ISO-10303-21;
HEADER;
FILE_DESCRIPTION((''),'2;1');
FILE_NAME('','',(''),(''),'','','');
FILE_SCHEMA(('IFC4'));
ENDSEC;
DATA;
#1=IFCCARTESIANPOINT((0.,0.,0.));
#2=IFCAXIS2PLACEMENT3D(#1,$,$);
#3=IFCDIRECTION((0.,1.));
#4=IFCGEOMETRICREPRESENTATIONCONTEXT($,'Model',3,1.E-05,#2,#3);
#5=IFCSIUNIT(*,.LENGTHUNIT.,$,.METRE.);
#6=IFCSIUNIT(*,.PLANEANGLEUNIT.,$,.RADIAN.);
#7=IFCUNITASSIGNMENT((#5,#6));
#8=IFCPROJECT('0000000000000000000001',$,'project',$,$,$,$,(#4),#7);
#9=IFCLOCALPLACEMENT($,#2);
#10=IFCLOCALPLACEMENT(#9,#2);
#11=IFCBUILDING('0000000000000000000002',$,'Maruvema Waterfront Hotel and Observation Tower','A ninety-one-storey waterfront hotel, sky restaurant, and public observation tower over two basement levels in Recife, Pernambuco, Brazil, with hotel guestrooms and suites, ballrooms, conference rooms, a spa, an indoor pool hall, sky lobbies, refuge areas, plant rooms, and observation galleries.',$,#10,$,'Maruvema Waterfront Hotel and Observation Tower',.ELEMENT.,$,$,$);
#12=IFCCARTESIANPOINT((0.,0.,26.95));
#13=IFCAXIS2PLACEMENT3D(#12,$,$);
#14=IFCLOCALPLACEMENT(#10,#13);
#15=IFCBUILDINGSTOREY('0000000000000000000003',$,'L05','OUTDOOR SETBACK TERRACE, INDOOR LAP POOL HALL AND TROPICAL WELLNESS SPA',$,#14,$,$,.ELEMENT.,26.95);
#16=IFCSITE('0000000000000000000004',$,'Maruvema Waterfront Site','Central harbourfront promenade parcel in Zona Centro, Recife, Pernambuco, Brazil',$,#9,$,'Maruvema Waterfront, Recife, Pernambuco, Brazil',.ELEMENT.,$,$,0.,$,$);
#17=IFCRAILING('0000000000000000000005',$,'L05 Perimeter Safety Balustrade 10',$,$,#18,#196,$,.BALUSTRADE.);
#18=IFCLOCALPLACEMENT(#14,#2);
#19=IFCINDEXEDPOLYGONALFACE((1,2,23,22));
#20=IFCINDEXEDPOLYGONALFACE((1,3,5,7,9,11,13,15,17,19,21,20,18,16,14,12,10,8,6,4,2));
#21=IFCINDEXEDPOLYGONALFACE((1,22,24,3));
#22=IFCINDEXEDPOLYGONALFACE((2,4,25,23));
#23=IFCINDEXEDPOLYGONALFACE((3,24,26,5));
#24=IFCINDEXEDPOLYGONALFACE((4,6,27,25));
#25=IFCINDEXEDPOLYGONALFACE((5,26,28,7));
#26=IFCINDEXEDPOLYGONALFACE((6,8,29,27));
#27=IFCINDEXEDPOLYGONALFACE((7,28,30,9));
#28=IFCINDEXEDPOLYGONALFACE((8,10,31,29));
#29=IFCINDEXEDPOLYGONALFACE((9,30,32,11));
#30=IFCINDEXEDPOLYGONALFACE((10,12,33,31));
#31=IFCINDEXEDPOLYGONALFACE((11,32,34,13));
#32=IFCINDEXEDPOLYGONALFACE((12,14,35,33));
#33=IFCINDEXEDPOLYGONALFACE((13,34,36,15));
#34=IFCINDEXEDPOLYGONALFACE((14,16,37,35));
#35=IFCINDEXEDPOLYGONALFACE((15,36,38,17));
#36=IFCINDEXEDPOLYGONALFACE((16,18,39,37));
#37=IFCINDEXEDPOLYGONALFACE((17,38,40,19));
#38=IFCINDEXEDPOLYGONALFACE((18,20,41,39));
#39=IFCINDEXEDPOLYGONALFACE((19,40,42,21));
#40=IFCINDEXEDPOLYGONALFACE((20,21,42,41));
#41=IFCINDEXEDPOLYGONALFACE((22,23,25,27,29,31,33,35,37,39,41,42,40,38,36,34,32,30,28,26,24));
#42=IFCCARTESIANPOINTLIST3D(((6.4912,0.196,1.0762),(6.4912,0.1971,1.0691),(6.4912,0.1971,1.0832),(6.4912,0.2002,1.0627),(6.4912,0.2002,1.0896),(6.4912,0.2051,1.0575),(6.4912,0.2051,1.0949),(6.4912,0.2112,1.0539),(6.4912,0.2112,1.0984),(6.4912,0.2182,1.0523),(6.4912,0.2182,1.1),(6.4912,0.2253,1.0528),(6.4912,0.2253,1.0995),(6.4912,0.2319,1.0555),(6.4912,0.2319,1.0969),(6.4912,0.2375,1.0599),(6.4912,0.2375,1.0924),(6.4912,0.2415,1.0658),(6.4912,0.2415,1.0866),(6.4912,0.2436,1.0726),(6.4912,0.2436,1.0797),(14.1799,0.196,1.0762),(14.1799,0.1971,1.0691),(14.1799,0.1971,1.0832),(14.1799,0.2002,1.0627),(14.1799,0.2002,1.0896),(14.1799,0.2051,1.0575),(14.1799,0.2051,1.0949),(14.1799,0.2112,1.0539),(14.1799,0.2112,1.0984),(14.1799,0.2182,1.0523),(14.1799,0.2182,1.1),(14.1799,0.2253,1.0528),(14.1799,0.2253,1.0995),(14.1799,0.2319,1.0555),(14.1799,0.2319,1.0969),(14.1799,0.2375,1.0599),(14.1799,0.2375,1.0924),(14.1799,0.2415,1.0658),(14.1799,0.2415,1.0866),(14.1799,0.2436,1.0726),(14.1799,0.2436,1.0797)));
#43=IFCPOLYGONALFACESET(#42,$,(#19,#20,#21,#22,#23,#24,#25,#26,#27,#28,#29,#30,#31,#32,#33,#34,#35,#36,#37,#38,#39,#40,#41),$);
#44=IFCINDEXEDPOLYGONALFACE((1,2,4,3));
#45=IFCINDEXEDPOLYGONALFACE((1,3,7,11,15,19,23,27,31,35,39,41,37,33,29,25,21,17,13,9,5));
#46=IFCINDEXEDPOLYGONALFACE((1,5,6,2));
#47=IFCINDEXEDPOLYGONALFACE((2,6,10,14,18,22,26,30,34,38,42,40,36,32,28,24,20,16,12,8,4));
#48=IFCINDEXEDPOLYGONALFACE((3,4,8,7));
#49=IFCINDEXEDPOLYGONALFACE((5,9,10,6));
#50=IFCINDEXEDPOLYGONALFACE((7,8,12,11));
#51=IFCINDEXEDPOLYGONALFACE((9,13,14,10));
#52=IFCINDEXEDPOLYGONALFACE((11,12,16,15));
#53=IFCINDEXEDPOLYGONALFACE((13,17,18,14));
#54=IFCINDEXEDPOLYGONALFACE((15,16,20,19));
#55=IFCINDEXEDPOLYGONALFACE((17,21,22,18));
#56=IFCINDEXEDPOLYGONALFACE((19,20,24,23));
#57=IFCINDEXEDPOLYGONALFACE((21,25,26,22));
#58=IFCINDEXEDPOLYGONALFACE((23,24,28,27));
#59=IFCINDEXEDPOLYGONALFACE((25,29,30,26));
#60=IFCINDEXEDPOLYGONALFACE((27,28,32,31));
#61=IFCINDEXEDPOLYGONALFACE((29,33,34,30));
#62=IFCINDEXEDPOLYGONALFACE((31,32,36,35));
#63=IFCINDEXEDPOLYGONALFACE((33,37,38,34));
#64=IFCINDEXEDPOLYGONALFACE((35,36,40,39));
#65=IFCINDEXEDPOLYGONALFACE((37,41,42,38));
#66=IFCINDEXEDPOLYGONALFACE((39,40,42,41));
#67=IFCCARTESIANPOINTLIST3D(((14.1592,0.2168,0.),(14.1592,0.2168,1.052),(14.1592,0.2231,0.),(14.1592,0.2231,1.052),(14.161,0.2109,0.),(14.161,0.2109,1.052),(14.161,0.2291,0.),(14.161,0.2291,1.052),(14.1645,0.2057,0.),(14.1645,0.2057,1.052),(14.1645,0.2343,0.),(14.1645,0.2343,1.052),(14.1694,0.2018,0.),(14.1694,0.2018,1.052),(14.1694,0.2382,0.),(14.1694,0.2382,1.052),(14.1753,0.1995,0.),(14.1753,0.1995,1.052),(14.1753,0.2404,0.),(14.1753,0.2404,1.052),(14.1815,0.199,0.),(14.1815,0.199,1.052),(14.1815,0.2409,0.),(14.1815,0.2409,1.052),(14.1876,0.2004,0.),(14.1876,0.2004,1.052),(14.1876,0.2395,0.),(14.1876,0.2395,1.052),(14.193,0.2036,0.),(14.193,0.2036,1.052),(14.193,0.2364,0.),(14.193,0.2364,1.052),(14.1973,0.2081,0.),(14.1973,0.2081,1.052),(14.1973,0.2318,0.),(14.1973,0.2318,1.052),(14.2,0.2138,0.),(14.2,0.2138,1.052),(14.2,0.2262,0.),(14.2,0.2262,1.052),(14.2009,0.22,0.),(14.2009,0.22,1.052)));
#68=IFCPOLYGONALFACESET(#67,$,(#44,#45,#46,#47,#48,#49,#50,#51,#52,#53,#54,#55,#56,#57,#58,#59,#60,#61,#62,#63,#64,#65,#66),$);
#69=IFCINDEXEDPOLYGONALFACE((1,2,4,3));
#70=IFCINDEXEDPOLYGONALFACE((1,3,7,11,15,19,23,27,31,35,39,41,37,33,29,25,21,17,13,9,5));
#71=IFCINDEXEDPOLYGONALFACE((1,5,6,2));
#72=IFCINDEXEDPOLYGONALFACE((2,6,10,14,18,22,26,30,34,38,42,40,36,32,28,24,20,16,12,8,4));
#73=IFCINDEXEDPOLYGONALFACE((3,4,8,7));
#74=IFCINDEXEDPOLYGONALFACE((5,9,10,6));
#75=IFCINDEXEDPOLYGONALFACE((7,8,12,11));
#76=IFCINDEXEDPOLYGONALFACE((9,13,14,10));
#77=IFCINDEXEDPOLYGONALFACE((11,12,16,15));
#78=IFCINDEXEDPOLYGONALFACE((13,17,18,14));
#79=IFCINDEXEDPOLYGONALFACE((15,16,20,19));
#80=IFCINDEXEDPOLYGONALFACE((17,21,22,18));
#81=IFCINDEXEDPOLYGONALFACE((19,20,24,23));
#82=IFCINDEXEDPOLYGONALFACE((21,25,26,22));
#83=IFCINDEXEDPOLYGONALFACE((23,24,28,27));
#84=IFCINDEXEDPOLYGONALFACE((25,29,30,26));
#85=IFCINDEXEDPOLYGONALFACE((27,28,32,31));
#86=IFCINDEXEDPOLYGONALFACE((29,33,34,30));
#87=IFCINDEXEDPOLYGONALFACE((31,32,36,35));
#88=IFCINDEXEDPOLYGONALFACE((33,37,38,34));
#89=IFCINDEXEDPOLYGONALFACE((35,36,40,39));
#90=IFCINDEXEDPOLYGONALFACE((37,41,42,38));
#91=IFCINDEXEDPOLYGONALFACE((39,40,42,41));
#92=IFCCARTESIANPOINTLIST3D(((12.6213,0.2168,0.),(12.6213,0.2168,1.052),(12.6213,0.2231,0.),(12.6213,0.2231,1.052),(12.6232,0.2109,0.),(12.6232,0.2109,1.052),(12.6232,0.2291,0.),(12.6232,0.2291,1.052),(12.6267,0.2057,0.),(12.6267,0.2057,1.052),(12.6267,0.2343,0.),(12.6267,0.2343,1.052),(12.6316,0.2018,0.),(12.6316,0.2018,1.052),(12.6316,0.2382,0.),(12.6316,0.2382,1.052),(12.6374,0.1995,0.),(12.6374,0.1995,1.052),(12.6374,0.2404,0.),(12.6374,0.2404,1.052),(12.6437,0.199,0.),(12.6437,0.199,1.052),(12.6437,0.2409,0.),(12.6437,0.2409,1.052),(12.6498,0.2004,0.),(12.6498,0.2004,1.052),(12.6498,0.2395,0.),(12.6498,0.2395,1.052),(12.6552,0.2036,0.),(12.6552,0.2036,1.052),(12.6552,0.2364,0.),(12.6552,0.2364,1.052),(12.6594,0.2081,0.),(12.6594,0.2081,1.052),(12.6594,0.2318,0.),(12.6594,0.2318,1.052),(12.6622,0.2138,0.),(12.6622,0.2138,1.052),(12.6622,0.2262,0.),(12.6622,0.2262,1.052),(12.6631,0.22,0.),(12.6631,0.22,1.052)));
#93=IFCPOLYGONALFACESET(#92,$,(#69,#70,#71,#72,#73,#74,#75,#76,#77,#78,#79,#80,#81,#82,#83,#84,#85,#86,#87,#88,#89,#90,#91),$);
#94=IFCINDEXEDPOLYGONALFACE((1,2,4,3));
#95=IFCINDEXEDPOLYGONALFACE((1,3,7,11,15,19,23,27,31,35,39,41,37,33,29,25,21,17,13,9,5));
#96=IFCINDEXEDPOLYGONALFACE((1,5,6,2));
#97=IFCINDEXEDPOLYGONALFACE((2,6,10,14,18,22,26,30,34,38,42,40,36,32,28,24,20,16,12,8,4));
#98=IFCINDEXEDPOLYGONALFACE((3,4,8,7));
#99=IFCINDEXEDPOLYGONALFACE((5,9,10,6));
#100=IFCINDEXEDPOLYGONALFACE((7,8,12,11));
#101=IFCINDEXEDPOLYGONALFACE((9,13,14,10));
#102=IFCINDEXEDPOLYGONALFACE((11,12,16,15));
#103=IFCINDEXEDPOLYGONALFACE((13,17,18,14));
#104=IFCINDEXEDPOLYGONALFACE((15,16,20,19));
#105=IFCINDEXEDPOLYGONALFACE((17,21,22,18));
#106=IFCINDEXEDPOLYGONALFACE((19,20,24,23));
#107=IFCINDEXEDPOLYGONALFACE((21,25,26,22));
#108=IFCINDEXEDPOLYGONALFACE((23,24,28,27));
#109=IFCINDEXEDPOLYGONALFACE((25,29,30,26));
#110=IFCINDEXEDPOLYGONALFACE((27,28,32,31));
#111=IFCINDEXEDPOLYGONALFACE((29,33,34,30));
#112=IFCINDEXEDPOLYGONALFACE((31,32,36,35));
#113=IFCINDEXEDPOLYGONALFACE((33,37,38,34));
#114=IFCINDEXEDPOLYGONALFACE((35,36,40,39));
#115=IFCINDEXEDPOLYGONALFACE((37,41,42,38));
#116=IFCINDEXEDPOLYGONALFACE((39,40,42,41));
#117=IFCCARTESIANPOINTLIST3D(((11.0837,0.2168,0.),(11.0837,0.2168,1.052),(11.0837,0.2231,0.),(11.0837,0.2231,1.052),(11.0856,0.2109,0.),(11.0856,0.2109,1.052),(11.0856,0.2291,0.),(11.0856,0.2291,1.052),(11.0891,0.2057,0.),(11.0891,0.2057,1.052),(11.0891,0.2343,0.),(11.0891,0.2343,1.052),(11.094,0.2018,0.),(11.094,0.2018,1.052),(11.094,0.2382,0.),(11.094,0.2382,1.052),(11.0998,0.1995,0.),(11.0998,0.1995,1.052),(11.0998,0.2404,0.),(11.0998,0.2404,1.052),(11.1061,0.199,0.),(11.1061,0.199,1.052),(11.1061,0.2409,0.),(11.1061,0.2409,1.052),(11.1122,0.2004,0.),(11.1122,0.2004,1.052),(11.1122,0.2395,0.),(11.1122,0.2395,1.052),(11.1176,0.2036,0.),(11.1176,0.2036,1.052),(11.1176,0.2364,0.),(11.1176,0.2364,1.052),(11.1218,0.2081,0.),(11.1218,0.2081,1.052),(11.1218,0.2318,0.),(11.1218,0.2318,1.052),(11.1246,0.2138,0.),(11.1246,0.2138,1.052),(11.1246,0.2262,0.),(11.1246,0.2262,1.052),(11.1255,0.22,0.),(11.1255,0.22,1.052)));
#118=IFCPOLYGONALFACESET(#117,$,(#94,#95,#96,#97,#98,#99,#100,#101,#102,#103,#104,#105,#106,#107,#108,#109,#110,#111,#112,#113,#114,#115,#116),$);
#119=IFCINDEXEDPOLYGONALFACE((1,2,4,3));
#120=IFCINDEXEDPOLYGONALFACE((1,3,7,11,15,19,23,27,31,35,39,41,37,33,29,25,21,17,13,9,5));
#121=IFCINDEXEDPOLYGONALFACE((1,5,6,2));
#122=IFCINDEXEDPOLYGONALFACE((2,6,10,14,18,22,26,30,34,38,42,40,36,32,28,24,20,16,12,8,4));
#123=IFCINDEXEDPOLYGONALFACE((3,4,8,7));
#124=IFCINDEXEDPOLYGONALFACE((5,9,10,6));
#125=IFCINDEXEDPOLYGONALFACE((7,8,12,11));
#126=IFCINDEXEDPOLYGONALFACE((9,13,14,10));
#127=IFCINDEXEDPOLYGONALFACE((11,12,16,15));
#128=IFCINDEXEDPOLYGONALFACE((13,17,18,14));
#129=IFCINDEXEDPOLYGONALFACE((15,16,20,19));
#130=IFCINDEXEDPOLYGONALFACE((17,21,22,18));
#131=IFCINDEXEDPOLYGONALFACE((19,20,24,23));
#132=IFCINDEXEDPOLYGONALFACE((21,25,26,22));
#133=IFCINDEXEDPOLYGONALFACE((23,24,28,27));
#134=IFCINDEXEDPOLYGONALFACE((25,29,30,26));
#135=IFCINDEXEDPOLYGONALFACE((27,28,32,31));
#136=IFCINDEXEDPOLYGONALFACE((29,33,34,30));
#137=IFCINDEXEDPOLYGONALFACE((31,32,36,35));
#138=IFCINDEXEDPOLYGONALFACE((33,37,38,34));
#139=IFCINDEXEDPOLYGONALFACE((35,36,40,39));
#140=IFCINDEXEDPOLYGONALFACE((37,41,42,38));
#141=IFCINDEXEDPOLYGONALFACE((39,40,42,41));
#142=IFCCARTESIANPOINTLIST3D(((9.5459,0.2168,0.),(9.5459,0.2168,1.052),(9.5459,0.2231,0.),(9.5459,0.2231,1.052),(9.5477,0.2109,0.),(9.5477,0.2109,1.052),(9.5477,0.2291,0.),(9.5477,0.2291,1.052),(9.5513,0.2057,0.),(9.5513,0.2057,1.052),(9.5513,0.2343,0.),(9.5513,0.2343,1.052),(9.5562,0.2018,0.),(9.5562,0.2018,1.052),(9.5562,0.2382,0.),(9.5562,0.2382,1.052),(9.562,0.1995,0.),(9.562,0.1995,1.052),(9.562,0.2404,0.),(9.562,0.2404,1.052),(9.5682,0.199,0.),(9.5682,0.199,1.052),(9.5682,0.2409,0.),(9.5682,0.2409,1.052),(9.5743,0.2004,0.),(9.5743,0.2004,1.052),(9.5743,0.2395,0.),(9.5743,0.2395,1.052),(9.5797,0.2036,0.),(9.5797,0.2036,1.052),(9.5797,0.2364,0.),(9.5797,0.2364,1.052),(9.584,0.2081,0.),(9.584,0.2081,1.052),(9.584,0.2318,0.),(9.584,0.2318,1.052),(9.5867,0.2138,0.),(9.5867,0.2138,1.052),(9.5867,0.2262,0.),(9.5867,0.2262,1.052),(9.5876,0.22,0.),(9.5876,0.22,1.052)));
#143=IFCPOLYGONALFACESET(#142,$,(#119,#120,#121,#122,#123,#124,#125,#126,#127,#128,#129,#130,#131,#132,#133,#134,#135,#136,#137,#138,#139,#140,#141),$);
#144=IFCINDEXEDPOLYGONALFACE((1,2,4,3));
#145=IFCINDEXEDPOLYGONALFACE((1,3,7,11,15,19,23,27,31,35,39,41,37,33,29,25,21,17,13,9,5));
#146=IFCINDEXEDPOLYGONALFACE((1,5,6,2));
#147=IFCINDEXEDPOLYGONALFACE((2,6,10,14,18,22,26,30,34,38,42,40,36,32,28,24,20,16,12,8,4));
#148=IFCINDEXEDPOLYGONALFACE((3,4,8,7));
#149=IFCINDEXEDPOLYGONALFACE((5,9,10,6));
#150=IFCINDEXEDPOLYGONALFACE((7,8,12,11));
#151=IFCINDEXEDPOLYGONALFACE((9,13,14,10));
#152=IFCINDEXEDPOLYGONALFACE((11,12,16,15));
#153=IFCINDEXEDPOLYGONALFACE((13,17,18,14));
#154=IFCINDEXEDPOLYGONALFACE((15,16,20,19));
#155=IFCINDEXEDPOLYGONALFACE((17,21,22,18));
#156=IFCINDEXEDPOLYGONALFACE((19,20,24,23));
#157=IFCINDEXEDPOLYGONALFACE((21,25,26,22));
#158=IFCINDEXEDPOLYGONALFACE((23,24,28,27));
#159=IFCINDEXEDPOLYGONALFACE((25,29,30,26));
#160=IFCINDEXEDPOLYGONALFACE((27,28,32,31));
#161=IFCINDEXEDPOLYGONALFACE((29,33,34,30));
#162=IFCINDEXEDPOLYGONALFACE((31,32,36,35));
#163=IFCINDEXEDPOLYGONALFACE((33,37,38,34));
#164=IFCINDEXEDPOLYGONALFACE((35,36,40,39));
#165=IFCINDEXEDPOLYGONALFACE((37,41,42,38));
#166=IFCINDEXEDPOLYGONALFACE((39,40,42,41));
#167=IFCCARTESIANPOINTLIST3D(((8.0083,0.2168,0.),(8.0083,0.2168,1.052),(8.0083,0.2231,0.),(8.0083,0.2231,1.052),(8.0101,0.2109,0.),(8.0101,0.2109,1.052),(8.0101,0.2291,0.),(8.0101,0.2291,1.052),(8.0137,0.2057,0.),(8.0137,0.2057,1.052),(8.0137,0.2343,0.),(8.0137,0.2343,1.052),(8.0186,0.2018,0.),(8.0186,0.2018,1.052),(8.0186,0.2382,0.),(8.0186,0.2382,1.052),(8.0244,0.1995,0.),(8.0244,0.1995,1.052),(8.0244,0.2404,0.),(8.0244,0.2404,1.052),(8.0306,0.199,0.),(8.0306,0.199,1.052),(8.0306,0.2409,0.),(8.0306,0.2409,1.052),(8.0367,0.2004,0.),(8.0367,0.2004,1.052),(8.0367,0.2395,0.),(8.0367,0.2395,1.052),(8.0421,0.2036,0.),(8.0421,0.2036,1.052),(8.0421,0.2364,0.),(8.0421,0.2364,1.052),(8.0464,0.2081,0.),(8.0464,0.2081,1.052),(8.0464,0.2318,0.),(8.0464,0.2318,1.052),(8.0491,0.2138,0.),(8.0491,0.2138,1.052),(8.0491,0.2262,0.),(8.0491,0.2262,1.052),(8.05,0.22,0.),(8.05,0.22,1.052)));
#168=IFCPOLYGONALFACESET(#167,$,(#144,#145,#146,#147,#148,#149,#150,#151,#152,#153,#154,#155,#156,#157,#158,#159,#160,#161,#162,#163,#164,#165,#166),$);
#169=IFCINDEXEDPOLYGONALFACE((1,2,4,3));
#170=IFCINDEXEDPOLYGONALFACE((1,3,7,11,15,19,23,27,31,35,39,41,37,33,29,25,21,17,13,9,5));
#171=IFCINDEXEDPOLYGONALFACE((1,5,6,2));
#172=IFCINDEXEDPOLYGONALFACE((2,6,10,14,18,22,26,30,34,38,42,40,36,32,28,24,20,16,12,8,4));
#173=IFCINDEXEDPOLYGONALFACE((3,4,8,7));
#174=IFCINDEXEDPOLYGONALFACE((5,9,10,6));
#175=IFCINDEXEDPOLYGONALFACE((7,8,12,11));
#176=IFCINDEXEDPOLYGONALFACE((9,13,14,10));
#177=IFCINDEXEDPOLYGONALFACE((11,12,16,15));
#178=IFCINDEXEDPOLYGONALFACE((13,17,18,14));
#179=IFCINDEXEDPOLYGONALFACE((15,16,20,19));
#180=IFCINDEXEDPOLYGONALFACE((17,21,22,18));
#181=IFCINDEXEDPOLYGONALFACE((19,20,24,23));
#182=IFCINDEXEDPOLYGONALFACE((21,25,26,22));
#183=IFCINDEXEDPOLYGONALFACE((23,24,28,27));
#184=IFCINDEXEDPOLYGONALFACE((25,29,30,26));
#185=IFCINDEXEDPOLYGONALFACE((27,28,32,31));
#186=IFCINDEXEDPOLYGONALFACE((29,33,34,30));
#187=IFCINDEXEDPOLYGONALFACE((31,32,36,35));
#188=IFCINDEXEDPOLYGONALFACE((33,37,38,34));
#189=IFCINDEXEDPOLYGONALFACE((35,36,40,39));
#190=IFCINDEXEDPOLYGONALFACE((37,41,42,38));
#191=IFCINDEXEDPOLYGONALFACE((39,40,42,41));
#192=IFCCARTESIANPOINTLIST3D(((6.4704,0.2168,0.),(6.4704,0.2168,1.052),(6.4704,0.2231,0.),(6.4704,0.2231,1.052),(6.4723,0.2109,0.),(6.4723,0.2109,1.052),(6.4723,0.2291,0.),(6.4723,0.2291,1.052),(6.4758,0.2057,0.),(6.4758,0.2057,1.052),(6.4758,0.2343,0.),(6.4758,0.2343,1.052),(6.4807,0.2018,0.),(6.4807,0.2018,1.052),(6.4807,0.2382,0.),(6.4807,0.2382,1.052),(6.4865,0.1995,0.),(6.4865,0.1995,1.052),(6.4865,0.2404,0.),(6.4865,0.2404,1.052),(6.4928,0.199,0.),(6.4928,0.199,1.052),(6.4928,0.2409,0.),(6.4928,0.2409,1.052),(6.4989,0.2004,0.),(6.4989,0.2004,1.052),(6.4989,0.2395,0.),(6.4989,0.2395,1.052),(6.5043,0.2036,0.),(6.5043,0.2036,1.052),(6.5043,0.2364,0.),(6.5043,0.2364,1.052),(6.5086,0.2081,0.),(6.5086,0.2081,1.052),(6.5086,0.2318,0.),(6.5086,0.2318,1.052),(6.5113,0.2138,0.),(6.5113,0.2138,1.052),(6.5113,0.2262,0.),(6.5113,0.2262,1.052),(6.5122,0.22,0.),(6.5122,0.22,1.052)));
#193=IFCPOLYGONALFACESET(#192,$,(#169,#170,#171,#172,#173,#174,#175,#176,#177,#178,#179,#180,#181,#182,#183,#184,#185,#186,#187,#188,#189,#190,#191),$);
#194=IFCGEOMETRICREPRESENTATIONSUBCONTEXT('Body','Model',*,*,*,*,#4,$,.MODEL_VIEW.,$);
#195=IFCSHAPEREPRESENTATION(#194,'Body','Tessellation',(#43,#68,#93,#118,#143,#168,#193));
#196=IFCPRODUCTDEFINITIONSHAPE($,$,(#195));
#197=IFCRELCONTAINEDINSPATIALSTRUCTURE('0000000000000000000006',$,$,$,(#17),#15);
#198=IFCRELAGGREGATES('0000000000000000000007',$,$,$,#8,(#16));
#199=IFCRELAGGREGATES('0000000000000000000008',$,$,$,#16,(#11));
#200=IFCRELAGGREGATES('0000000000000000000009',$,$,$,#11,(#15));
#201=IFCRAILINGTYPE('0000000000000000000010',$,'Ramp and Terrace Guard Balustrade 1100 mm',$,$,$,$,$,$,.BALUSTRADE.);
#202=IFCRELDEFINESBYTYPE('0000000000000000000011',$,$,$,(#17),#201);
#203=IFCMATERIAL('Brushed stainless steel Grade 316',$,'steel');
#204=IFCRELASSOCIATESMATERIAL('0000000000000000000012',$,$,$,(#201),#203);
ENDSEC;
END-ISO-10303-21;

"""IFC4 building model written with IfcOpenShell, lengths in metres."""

from ifc_helpers import new_model, si_unit, direction, frame, origin, origin_2d, place, context, subcontext, project, spatial, circle, extrude, material, type_object, element, save


model = new_model("IFC4")

# Units and contexts
model_context = context("Model", 3, precision=1e-05, world=origin(), true_north=direction((0.0, 1.0)))
body_context = subcontext(model_context, "Body", "Model", "MODEL_VIEW")
ifc_project = project(units=[si_unit("LENGTHUNIT", "METRE"), si_unit("PLANEANGLEUNIT", "RADIAN")], contexts=[model_context])

# Site, building, storey
site_placement = place(None, origin())
site = spatial("IfcSite", under=ifc_project, at=site_placement, Name="Maruvema Waterfront Site", Description="Central harbourfront promenade parcel in Zona Centro, Recife, Pernambuco, Brazil", LongName="Maruvema Waterfront, Recife, Pernambuco, Brazil", CompositionType="ELEMENT", RefElevation=0.0)
building_placement = place(site_placement, origin())
building = spatial("IfcBuilding", under=site, at=building_placement, Name="Maruvema Waterfront Hotel and Observation Tower", Description="A ninety-one-storey waterfront hotel, sky restaurant, and public observation tower over two basement levels in Recife, Pernambuco, Brazil, with hotel guestrooms and suites, ballrooms, conference rooms, a spa, an indoor pool hall, sky lobbies, refuge areas, plant rooms, and observation galleries.", LongName="Maruvema Waterfront Hotel and Observation Tower", CompositionType="ELEMENT")
storey_placement = place(building_placement, frame((0.0, 0.0, 26.95)))
storey = spatial("IfcBuildingStorey", under=building, at=storey_placement, Name="L05", Description="OUTDOOR SETBACK TERRACE, INDOOR LAP POOL HALL AND TROPICAL WELLNESS SPA", CompositionType="ELEMENT", Elevation=26.95)

# Railing
ifc_material_1 = material(Name="Brushed stainless steel Grade 316", Category="steel")
railing_type = type_object("IfcRailingType", Name="Ramp and Terrace Guard Balustrade 1100 mm", PredefinedType="BALUSTRADE", material=ifc_material_1)
railing_1_placement = place(storey_placement, frame((14.1799, 0.22, 0.0)))
element("IfcRailing", 1, at=railing_1_placement, inside=storey, type_object=railing_type, Name="L05 Perimeter Safety Balustrade 10", PredefinedType="BALUSTRADE", context=body_context, shape_type="SweptSolid", body=[
    extrude(circle(Radius=0.0239, at=origin_2d()), frame((0.0, 0.0, 1.0762), z_axis=(-1.0, 0.0, 0.0), x_axis=(0.0, -1.0, 0.0)), (0.0, 0.0, 1.0), 7.6887),
    extrude(circle(Radius=0.021, at=origin_2d()), origin(), (0.0, 0.0, 1.0), 1.052),
    extrude(circle(Radius=0.021, at=origin_2d()), frame((-1.5378, 0.0, 0.0)), (0.0, 0.0, 1.0), 1.052),
    extrude(circle(Radius=0.021, at=origin_2d()), frame((-3.0754, 0.0, 0.0)), (0.0, 0.0, 1.0), 1.052),
    extrude(circle(Radius=0.021, at=origin_2d()), frame((-4.6133, 0.0, 0.0)), (0.0, 0.0, 1.0), 1.052),
    extrude(circle(Radius=0.021, at=origin_2d()), frame((-6.1509, 0.0, 0.0)), (0.0, 0.0, 1.0), 1.052),
    extrude(circle(Radius=0.021, at=origin_2d()), frame((-7.6887, 0.0, 0.0)), (0.0, 0.0, 1.0), 1.052),
])

save(model, "model.ifc")
